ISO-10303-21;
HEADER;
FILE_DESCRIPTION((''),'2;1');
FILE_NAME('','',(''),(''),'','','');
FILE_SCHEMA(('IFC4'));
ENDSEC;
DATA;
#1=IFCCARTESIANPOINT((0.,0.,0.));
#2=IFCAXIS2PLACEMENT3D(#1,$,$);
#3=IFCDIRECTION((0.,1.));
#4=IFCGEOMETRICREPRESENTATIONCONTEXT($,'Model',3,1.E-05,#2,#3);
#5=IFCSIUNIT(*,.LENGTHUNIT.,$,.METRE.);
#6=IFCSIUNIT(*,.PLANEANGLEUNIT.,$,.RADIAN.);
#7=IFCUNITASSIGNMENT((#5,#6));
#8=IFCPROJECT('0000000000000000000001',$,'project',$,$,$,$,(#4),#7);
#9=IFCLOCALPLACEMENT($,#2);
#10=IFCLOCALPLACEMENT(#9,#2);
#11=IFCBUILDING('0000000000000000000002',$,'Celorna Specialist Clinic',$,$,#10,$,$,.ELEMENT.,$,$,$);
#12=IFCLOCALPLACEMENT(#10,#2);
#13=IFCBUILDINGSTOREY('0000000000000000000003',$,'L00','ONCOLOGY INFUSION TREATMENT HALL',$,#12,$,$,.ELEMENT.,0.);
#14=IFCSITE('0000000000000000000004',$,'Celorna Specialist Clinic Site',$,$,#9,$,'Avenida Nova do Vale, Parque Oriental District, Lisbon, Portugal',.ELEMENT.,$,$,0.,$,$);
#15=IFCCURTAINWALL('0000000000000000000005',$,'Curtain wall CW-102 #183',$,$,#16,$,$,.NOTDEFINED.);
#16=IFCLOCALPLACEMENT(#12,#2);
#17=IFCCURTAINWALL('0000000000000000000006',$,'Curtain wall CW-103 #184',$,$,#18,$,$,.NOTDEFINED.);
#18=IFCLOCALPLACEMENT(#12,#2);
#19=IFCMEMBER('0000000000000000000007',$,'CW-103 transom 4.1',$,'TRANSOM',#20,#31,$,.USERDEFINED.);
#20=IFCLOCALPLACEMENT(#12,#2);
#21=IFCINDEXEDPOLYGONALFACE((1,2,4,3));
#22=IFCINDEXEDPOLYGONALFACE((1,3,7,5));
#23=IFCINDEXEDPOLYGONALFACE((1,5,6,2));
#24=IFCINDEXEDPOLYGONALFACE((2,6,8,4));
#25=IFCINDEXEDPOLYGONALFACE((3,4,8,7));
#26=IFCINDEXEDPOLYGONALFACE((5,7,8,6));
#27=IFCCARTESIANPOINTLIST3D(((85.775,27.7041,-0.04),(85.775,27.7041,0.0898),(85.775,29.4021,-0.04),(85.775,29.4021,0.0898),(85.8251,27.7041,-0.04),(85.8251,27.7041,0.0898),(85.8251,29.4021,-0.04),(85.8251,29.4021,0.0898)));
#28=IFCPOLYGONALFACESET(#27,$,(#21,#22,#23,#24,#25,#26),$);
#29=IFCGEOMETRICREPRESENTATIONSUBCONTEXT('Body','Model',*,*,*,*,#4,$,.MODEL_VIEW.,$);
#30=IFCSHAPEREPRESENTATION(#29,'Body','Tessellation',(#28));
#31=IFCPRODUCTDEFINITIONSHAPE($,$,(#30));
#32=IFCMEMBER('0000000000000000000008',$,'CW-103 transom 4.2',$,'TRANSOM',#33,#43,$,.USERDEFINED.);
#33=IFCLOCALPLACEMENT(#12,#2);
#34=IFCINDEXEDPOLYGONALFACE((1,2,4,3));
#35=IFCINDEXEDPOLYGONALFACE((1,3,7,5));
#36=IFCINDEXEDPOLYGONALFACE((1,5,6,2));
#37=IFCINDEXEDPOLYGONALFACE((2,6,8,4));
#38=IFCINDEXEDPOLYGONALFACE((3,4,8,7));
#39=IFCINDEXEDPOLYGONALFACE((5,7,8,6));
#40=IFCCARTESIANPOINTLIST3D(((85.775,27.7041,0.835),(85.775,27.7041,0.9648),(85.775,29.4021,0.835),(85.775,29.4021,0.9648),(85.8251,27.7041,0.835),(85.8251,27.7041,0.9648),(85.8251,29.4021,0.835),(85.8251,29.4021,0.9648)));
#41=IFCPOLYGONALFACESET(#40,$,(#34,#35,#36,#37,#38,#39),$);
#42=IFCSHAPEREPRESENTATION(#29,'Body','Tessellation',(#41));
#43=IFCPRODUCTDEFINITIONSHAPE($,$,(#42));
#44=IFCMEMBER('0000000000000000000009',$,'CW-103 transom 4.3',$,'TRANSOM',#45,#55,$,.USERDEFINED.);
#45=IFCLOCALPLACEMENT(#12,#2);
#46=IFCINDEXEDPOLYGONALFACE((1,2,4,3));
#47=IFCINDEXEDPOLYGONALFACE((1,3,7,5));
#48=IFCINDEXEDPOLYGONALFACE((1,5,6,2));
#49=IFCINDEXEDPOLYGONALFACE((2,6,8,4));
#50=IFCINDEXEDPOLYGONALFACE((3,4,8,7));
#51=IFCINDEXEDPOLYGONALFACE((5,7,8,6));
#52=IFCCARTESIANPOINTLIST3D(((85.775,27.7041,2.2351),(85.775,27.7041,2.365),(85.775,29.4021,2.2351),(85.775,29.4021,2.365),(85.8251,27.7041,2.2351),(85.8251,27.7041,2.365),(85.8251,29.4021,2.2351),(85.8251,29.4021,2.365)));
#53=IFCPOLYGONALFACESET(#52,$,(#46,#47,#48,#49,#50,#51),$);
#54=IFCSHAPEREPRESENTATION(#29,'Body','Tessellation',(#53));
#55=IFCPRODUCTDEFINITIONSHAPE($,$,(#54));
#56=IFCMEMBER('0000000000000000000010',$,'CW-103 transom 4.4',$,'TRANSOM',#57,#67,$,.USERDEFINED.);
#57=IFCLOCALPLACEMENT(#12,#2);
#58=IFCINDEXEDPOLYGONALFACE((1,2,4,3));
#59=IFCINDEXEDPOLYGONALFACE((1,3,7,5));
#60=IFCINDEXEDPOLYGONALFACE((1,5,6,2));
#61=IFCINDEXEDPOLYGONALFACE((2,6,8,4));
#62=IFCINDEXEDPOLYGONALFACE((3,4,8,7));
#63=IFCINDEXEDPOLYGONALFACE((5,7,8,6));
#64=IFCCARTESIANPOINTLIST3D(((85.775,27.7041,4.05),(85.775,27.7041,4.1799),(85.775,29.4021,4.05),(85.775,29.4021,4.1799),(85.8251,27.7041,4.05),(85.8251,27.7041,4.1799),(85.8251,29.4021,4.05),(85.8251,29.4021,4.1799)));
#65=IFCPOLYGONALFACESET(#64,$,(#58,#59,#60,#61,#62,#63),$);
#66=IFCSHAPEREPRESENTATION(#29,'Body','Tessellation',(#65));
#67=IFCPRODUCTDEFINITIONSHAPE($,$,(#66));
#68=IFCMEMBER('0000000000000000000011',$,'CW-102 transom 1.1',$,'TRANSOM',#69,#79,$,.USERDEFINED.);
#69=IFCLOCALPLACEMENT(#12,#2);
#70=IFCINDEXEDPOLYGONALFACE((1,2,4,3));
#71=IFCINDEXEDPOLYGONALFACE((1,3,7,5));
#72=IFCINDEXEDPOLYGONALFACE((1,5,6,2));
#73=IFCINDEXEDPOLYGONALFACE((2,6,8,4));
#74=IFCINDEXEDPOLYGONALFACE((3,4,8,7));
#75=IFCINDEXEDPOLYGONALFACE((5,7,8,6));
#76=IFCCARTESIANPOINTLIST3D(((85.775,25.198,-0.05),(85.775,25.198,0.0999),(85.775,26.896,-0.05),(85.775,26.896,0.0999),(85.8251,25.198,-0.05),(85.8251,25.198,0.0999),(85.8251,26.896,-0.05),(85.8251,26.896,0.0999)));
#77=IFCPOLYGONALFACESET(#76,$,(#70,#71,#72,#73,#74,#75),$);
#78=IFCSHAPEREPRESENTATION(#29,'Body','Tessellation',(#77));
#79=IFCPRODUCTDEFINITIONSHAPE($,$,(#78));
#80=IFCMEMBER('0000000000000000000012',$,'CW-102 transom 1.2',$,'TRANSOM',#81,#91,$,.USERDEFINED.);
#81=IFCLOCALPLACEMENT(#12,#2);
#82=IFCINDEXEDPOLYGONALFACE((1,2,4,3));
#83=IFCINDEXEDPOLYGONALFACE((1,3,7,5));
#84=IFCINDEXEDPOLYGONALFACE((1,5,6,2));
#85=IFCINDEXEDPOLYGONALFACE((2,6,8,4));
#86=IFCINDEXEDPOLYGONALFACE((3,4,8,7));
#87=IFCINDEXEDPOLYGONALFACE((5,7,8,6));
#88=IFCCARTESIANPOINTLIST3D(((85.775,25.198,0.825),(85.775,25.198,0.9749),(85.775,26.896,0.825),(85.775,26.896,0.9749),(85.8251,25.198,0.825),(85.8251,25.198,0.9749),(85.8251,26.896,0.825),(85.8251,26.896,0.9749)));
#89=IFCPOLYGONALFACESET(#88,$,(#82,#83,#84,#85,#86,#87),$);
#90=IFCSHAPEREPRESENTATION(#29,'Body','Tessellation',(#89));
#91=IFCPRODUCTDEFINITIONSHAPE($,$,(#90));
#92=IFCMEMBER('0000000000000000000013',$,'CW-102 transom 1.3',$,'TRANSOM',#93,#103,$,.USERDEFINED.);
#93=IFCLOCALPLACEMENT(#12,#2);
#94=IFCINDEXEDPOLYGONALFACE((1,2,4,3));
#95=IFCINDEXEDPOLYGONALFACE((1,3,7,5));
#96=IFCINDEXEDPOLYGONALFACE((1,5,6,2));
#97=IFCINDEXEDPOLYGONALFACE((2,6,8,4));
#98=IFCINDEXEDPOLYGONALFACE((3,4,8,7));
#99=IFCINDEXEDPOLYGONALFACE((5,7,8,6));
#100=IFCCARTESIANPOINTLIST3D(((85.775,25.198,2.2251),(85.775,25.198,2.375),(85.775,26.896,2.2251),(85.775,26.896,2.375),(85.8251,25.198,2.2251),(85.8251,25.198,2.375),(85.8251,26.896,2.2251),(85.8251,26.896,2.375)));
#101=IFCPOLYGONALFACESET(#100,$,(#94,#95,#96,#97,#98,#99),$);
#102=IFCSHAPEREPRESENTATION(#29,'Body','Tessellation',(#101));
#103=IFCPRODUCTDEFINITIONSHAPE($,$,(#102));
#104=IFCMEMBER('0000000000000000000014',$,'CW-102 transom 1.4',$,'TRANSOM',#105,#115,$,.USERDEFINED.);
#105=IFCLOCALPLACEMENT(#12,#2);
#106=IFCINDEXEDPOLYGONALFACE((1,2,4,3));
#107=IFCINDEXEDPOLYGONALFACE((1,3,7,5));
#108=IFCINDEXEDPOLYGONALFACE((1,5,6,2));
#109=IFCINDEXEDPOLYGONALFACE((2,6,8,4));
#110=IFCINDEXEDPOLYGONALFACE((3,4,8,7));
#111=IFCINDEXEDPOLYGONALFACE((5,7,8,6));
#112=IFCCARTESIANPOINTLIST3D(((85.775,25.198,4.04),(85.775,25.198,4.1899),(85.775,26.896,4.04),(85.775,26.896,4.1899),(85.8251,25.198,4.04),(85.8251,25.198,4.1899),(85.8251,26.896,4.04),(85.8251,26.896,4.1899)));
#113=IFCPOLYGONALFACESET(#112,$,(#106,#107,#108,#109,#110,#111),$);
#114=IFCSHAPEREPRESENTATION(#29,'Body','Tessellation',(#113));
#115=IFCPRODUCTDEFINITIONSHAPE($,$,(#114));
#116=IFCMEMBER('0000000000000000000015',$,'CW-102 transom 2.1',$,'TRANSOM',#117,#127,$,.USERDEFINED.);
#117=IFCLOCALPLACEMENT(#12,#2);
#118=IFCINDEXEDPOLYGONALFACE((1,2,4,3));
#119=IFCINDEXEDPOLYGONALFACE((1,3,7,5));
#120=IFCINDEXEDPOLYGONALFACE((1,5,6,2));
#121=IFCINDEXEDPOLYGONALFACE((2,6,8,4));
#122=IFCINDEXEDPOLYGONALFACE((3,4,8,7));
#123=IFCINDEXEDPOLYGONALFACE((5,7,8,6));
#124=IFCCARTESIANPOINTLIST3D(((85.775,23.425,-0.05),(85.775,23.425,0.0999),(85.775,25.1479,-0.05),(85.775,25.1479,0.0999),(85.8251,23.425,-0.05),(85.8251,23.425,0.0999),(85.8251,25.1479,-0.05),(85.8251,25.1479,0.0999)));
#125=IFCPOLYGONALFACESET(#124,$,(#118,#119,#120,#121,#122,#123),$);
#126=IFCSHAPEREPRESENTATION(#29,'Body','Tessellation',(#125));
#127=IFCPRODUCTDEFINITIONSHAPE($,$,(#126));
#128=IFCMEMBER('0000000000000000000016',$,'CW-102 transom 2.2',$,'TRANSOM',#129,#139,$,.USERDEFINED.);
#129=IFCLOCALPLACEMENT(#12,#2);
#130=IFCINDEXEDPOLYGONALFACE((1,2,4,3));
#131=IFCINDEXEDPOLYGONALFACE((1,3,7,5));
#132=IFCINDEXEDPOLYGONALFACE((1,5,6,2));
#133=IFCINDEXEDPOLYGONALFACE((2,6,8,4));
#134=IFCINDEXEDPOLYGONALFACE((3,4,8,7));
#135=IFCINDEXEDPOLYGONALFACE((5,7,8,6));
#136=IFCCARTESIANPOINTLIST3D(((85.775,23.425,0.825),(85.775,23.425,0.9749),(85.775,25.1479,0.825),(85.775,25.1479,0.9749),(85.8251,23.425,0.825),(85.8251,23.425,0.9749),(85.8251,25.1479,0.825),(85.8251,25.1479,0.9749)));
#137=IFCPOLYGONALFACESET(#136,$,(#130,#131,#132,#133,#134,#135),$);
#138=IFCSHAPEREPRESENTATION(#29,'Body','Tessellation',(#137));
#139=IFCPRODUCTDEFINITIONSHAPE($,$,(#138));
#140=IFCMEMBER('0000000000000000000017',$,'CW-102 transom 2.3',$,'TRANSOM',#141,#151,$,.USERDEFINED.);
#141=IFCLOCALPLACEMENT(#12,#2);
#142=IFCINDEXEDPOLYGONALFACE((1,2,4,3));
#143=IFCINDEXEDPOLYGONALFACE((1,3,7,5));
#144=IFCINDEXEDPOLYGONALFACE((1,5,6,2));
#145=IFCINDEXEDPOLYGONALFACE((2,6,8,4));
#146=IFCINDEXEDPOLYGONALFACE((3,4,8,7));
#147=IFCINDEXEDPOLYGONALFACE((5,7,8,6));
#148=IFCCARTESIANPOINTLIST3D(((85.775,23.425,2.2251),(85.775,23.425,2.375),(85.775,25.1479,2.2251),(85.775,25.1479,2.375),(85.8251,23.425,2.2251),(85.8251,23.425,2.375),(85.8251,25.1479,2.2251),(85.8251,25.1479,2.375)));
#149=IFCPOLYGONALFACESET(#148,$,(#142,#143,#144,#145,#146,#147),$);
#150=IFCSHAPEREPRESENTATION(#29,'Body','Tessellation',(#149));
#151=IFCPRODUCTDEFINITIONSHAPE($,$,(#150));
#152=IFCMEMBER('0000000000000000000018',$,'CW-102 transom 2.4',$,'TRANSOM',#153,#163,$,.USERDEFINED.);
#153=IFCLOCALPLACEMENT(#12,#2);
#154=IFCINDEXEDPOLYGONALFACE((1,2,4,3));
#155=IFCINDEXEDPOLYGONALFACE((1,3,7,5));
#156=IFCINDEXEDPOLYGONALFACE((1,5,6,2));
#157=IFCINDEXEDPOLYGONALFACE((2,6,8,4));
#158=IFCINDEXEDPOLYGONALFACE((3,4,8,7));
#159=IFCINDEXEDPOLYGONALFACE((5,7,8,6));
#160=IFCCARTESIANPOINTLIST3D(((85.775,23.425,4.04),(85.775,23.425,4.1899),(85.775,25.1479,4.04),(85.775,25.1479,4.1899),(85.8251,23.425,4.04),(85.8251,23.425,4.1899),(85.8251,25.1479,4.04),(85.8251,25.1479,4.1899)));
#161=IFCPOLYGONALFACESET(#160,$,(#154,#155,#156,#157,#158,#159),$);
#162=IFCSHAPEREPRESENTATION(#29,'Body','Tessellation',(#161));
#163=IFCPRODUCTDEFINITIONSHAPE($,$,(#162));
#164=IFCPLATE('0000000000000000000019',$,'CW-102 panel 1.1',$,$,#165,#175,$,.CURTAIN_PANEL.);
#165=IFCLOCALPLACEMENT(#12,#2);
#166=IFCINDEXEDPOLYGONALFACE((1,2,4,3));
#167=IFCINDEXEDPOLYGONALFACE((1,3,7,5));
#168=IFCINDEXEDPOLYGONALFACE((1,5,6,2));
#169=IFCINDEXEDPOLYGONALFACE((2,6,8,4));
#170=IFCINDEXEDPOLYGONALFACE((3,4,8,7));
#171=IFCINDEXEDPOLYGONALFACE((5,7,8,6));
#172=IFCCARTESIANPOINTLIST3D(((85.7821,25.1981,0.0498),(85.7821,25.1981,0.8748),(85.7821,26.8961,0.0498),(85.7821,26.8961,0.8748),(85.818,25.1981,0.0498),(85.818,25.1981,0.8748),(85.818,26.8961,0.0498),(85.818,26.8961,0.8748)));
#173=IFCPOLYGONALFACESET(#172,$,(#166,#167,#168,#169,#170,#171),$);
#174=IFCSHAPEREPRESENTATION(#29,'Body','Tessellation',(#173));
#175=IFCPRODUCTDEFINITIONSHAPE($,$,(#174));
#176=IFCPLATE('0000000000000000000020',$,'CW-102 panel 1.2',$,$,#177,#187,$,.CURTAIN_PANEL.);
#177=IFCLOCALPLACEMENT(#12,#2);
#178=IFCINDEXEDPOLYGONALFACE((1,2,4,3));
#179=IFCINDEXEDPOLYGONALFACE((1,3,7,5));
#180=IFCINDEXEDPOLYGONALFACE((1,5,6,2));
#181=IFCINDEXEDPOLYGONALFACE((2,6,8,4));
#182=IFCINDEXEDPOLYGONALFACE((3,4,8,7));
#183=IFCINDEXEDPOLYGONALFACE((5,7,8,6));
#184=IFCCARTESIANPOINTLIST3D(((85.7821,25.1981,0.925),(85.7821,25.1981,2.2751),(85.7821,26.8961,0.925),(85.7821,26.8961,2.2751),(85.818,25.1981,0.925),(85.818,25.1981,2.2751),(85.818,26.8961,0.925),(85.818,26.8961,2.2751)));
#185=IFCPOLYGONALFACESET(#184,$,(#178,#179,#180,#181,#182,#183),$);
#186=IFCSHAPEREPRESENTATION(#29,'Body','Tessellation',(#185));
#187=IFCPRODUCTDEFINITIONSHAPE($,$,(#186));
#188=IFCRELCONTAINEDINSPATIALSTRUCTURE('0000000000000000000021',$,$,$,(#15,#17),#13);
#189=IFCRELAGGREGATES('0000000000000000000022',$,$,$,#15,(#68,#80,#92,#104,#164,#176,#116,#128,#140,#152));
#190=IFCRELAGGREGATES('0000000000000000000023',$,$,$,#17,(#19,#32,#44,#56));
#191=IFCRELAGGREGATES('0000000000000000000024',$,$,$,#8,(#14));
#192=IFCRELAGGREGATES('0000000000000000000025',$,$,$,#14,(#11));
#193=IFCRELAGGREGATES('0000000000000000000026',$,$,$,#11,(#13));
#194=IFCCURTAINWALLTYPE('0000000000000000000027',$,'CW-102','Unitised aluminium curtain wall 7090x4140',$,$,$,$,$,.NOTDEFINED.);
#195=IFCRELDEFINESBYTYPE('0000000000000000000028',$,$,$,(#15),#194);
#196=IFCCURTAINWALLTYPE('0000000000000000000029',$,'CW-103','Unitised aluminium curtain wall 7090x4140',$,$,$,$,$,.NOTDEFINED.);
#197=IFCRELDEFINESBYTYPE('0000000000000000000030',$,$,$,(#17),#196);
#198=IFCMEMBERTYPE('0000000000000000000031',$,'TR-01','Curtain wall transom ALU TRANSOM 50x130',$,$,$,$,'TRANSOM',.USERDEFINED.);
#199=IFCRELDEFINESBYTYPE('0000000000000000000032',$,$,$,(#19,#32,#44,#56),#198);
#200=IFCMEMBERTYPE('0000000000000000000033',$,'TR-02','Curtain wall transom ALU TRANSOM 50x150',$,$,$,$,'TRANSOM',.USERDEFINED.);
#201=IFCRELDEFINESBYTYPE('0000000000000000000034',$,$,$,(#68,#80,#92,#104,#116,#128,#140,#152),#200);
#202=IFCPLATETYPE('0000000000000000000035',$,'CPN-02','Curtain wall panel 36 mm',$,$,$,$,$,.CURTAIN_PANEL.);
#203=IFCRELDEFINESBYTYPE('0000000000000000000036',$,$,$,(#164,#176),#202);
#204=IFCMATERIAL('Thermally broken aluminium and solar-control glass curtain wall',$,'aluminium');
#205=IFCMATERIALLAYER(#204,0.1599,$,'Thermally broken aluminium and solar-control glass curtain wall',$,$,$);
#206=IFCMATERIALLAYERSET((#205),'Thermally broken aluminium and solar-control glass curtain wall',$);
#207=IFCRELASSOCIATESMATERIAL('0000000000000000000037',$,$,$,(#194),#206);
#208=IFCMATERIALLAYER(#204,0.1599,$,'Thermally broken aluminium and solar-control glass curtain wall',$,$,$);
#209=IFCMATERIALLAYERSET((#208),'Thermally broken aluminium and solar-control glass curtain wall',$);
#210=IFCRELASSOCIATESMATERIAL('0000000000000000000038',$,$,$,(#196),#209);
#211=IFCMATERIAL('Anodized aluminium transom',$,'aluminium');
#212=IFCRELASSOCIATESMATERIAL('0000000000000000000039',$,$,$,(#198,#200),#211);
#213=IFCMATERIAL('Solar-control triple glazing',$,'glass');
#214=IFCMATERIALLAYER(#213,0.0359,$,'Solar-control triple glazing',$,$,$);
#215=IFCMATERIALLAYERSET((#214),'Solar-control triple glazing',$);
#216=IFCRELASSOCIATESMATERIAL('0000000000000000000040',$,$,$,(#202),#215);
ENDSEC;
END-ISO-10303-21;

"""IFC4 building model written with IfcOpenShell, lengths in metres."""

from ifc_helpers import new_model, si_unit, direction, frame, origin, origin_2d, place, context, subcontext, project, spatial, rectangle, extrude, material, layer, layer_set, material_profile, profile_set, type_object, element, aggregate, save


model = new_model("IFC4")

# Units and contexts
model_context = context("Model", 3, precision=1e-05, world=origin(), true_north=direction((0.0, 1.0)))
body_context = subcontext(model_context, "Body", "Model", "MODEL_VIEW")
ifc_project = project(units=[si_unit("LENGTHUNIT", "METRE"), si_unit("PLANEANGLEUNIT", "RADIAN")], contexts=[model_context])

# Site, building, storey
site_placement = place(None, origin())
site = spatial("IfcSite", under=ifc_project, at=site_placement, Name="Celorna Specialist Clinic Site", LongName="Avenida Nova do Vale, Parque Oriental District, Lisbon, Portugal", CompositionType="ELEMENT", RefElevation=0.0)
building_placement = place(site_placement, origin())
building = spatial("IfcBuilding", under=site, at=building_placement, Name="Celorna Specialist Clinic", CompositionType="ELEMENT")
storey_placement = place(building_placement, origin())
storey = spatial("IfcBuildingStorey", under=building, at=storey_placement, Name="L00", Description="ONCOLOGY INFUSION TREATMENT HALL", CompositionType="ELEMENT", Elevation=0.0)

# Curtain walls, members
ifc_material_1 = material(Name="Thermally broken aluminium and solar-control glass curtain wall", Category="aluminium")
ifc_layer_1 = layer(ifc_material_1, 0.1599, Name="Thermally broken aluminium and solar-control glass curtain wall")
ifc_layer_set_1 = layer_set([ifc_layer_1], Name="Thermally broken aluminium and solar-control glass curtain wall")
curtain_wall_type_1 = type_object("IfcCurtainWallType", Name="CW-102", Description="Unitised aluminium curtain wall 7090x4140", PredefinedType="NOTDEFINED", material=ifc_layer_set_1)
curtain_wall_1_placement = place(storey_placement, origin())
curtain_wall_1 = element("IfcCurtainWall", 1, at=curtain_wall_1_placement, inside=storey, type_object=curtain_wall_type_1, Name="Curtain wall CW-102 #183", PredefinedType="NOTDEFINED")
ifc_layer_2 = layer(ifc_material_1, 0.1599, Name="Thermally broken aluminium and solar-control glass curtain wall")
ifc_layer_set_2 = layer_set([ifc_layer_2], Name="Thermally broken aluminium and solar-control glass curtain wall")
curtain_wall_type_2 = type_object("IfcCurtainWallType", Name="CW-103", Description="Unitised aluminium curtain wall 7090x4140", PredefinedType="NOTDEFINED", material=ifc_layer_set_2)
curtain_wall_2_placement = place(storey_placement, origin())
curtain_wall_2 = element("IfcCurtainWall", 2, at=curtain_wall_2_placement, inside=storey, type_object=curtain_wall_type_2, Name="Curtain wall CW-103 #184", PredefinedType="NOTDEFINED")
ifc_material_2 = material(Name="Anodized aluminium transom", Category="aluminium")
ifc_material_profile_1 = material_profile(ifc_material_2, rectangle(XDim=0.05, YDim=0.1299, at=origin_2d()), Name="ALU TRANSOM 50x130")
ifc_profile_set_1 = profile_set([ifc_material_profile_1], Name="Anodized aluminium transom")
member_type_1 = type_object("IfcMemberType", Name="TR-01", Description="Curtain wall transom ALU TRANSOM 50x130", ElementType="TRANSOM", PredefinedType="USERDEFINED", material=ifc_profile_set_1)
member_1_placement = place(storey_placement, frame((85.8, 29.4021, 0.0249), z_axis=(0.0, -1.0, 0.0), x_axis=(1.0, 0.0, 0.0)))
member_1 = element("IfcMember", 3, at=member_1_placement, type_object=member_type_1, Name="CW-103 transom 4.1", ObjectType="TRANSOM", PredefinedType="USERDEFINED", context=body_context, shape_type="SweptSolid", body=[
    extrude(rectangle(XDim=0.05, YDim=0.1299, at=origin_2d()), origin(), (0.0, 0.0, 1.0), 1.698),
])
member_2_placement = place(storey_placement, frame((85.8, 29.4021, 0.8999), z_axis=(0.0, -1.0, 0.0), x_axis=(1.0, 0.0, 0.0)))
member_2 = element("IfcMember", 4, at=member_2_placement, type_object=member_type_1, Name="CW-103 transom 4.2", ObjectType="TRANSOM", PredefinedType="USERDEFINED", context=body_context, shape_type="SweptSolid", body=[
    extrude(rectangle(XDim=0.05, YDim=0.1299, at=origin_2d()), origin(), (0.0, 0.0, 1.0), 1.698),
])
member_3_placement = place(storey_placement, frame((85.8, 29.4021, 2.3), z_axis=(0.0, -1.0, 0.0), x_axis=(1.0, 0.0, 0.0)))
member_3 = element("IfcMember", 5, at=member_3_placement, type_object=member_type_1, Name="CW-103 transom 4.3", ObjectType="TRANSOM", PredefinedType="USERDEFINED", context=body_context, shape_type="SweptSolid", body=[
    extrude(rectangle(XDim=0.05, YDim=0.1299, at=origin_2d()), origin(), (0.0, 0.0, 1.0), 1.698),
])
member_4_placement = place(storey_placement, frame((85.8, 29.4021, 4.115), z_axis=(0.0, -1.0, 0.0), x_axis=(1.0, 0.0, 0.0)))
member_4 = element("IfcMember", 6, at=member_4_placement, type_object=member_type_1, Name="CW-103 transom 4.4", ObjectType="TRANSOM", PredefinedType="USERDEFINED", context=body_context, shape_type="SweptSolid", body=[
    extrude(rectangle(XDim=0.05, YDim=0.1299, at=origin_2d()), origin(), (0.0, 0.0, 1.0), 1.698),
])

# Members
ifc_material_profile_2 = material_profile(ifc_material_2, rectangle(XDim=0.05, YDim=0.1499, at=origin_2d()), Name="ALU TRANSOM 50x150")
ifc_profile_set_2 = profile_set([ifc_material_profile_2], Name="Anodized aluminium transom")
member_type_2 = type_object("IfcMemberType", Name="TR-02", Description="Curtain wall transom ALU TRANSOM 50x150", ElementType="TRANSOM", PredefinedType="USERDEFINED", material=ifc_profile_set_2)
member_5_placement = place(storey_placement, frame((85.8, 26.896, 0.0249), z_axis=(0.0, -1.0, 0.0), x_axis=(1.0, 0.0, 0.0)))
member_5 = element("IfcMember", 7, at=member_5_placement, type_object=member_type_2, Name="CW-102 transom 1.1", ObjectType="TRANSOM", PredefinedType="USERDEFINED", context=body_context, shape_type="SweptSolid", body=[
    extrude(rectangle(XDim=0.05, YDim=0.1499, at=origin_2d()), origin(), (0.0, 0.0, 1.0), 1.698),
])
member_6_placement = place(storey_placement, frame((85.8, 26.896, 0.8999), z_axis=(0.0, -1.0, 0.0), x_axis=(1.0, 0.0, 0.0)))
member_6 = element("IfcMember", 8, at=member_6_placement, type_object=member_type_2, Name="CW-102 transom 1.2", ObjectType="TRANSOM", PredefinedType="USERDEFINED", context=body_context, shape_type="SweptSolid", body=[
    extrude(rectangle(XDim=0.05, YDim=0.1499, at=origin_2d()), origin(), (0.0, 0.0, 1.0), 1.698),
])
member_7_placement = place(storey_placement, frame((85.8, 26.896, 2.3), z_axis=(0.0, -1.0, 0.0), x_axis=(1.0, 0.0, 0.0)))
member_7 = element("IfcMember", 9, at=member_7_placement, type_object=member_type_2, Name="CW-102 transom 1.3", ObjectType="TRANSOM", PredefinedType="USERDEFINED", context=body_context, shape_type="SweptSolid", body=[
    extrude(rectangle(XDim=0.05, YDim=0.1499, at=origin_2d()), origin(), (0.0, 0.0, 1.0), 1.698),
])
member_8_placement = place(storey_placement, frame((85.8, 26.896, 4.115), z_axis=(0.0, -1.0, 0.0), x_axis=(1.0, 0.0, 0.0)))
member_8 = element("IfcMember", 10, at=member_8_placement, type_object=member_type_2, Name="CW-102 transom 1.4", ObjectType="TRANSOM", PredefinedType="USERDEFINED", context=body_context, shape_type="SweptSolid", body=[
    extrude(rectangle(XDim=0.05, YDim=0.1499, at=origin_2d()), origin(), (0.0, 0.0, 1.0), 1.698),
])
member_9_placement = place(storey_placement, frame((85.8, 25.1479, 0.0249), z_axis=(0.0, -1.0, 0.0), x_axis=(1.0, 0.0, 0.0)))
member_9 = element("IfcMember", 11, at=member_9_placement, type_object=member_type_2, Name="CW-102 transom 2.1", ObjectType="TRANSOM", PredefinedType="USERDEFINED", context=body_context, shape_type="SweptSolid", body=[
    extrude(rectangle(XDim=0.05, YDim=0.1499, at=origin_2d()), origin(), (0.0, 0.0, 1.0), 1.7229),
])
member_10_placement = place(storey_placement, frame((85.8, 25.1479, 0.8999), z_axis=(0.0, -1.0, 0.0), x_axis=(1.0, 0.0, 0.0)))
member_10 = element("IfcMember", 12, at=member_10_placement, type_object=member_type_2, Name="CW-102 transom 2.2", ObjectType="TRANSOM", PredefinedType="USERDEFINED", context=body_context, shape_type="SweptSolid", body=[
    extrude(rectangle(XDim=0.05, YDim=0.1499, at=origin_2d()), origin(), (0.0, 0.0, 1.0), 1.7229),
])
member_11_placement = place(storey_placement, frame((85.8, 25.1479, 2.3), z_axis=(0.0, -1.0, 0.0), x_axis=(1.0, 0.0, 0.0)))
member_11 = element("IfcMember", 13, at=member_11_placement, type_object=member_type_2, Name="CW-102 transom 2.3", ObjectType="TRANSOM", PredefinedType="USERDEFINED", context=body_context, shape_type="SweptSolid", body=[
    extrude(rectangle(XDim=0.05, YDim=0.1499, at=origin_2d()), origin(), (0.0, 0.0, 1.0), 1.7229),
])
member_12_placement = place(storey_placement, frame((85.8, 25.1479, 4.115), z_axis=(0.0, -1.0, 0.0), x_axis=(1.0, 0.0, 0.0)))
member_12 = element("IfcMember", 14, at=member_12_placement, type_object=member_type_2, Name="CW-102 transom 2.4", ObjectType="TRANSOM", PredefinedType="USERDEFINED", context=body_context, shape_type="SweptSolid", body=[
    extrude(rectangle(XDim=0.05, YDim=0.1499, at=origin_2d()), origin(), (0.0, 0.0, 1.0), 1.7229),
])

# Plates
ifc_material_3 = material(Name="Solar-control triple glazing", Category="glass")
ifc_layer_3 = layer(ifc_material_3, 0.0359, Name="Solar-control triple glazing")
ifc_layer_set_3 = layer_set([ifc_layer_3], Name="Solar-control triple glazing")
plate_type_1 = type_object("IfcPlateType", Name="CPN-02", Description="Curtain wall panel 36 mm", PredefinedType="CURTAIN_PANEL", material=ifc_layer_set_3)
plate_1_placement = place(storey_placement, frame((85.8, 26.0471, 0.0498), z_axis=(0.0, 0.0, 1.0), x_axis=(0.0, -1.0, 0.0)))
plate_1 = element("IfcPlate", 15, at=plate_1_placement, type_object=plate_type_1, Name="CW-102 panel 1.1", PredefinedType="CURTAIN_PANEL", context=body_context, shape_type="SweptSolid", body=[
    extrude(rectangle(XDim=1.698, YDim=0.0359, at=origin_2d()), origin(), (0.0, 0.0, 1.0), 0.825),
])
plate_2_placement = place(storey_placement, frame((85.8, 26.0471, 0.925), z_axis=(0.0, 0.0, 1.0), x_axis=(0.0, -1.0, 0.0)))
plate_2 = element("IfcPlate", 16, at=plate_2_placement, type_object=plate_type_1, Name="CW-102 panel 1.2", PredefinedType="CURTAIN_PANEL", context=body_context, shape_type="SweptSolid", body=[
    extrude(rectangle(XDim=1.698, YDim=0.0359, at=origin_2d()), origin(), (0.0, 0.0, 1.0), 1.3501),
])
aggregate(curtain_wall_1, [member_5, member_6, member_7, member_8, plate_1, plate_2, member_9, member_10, member_11, member_12])
aggregate(curtain_wall_2, [member_1, member_2, member_3, member_4])

save(model, "model.ifc")
